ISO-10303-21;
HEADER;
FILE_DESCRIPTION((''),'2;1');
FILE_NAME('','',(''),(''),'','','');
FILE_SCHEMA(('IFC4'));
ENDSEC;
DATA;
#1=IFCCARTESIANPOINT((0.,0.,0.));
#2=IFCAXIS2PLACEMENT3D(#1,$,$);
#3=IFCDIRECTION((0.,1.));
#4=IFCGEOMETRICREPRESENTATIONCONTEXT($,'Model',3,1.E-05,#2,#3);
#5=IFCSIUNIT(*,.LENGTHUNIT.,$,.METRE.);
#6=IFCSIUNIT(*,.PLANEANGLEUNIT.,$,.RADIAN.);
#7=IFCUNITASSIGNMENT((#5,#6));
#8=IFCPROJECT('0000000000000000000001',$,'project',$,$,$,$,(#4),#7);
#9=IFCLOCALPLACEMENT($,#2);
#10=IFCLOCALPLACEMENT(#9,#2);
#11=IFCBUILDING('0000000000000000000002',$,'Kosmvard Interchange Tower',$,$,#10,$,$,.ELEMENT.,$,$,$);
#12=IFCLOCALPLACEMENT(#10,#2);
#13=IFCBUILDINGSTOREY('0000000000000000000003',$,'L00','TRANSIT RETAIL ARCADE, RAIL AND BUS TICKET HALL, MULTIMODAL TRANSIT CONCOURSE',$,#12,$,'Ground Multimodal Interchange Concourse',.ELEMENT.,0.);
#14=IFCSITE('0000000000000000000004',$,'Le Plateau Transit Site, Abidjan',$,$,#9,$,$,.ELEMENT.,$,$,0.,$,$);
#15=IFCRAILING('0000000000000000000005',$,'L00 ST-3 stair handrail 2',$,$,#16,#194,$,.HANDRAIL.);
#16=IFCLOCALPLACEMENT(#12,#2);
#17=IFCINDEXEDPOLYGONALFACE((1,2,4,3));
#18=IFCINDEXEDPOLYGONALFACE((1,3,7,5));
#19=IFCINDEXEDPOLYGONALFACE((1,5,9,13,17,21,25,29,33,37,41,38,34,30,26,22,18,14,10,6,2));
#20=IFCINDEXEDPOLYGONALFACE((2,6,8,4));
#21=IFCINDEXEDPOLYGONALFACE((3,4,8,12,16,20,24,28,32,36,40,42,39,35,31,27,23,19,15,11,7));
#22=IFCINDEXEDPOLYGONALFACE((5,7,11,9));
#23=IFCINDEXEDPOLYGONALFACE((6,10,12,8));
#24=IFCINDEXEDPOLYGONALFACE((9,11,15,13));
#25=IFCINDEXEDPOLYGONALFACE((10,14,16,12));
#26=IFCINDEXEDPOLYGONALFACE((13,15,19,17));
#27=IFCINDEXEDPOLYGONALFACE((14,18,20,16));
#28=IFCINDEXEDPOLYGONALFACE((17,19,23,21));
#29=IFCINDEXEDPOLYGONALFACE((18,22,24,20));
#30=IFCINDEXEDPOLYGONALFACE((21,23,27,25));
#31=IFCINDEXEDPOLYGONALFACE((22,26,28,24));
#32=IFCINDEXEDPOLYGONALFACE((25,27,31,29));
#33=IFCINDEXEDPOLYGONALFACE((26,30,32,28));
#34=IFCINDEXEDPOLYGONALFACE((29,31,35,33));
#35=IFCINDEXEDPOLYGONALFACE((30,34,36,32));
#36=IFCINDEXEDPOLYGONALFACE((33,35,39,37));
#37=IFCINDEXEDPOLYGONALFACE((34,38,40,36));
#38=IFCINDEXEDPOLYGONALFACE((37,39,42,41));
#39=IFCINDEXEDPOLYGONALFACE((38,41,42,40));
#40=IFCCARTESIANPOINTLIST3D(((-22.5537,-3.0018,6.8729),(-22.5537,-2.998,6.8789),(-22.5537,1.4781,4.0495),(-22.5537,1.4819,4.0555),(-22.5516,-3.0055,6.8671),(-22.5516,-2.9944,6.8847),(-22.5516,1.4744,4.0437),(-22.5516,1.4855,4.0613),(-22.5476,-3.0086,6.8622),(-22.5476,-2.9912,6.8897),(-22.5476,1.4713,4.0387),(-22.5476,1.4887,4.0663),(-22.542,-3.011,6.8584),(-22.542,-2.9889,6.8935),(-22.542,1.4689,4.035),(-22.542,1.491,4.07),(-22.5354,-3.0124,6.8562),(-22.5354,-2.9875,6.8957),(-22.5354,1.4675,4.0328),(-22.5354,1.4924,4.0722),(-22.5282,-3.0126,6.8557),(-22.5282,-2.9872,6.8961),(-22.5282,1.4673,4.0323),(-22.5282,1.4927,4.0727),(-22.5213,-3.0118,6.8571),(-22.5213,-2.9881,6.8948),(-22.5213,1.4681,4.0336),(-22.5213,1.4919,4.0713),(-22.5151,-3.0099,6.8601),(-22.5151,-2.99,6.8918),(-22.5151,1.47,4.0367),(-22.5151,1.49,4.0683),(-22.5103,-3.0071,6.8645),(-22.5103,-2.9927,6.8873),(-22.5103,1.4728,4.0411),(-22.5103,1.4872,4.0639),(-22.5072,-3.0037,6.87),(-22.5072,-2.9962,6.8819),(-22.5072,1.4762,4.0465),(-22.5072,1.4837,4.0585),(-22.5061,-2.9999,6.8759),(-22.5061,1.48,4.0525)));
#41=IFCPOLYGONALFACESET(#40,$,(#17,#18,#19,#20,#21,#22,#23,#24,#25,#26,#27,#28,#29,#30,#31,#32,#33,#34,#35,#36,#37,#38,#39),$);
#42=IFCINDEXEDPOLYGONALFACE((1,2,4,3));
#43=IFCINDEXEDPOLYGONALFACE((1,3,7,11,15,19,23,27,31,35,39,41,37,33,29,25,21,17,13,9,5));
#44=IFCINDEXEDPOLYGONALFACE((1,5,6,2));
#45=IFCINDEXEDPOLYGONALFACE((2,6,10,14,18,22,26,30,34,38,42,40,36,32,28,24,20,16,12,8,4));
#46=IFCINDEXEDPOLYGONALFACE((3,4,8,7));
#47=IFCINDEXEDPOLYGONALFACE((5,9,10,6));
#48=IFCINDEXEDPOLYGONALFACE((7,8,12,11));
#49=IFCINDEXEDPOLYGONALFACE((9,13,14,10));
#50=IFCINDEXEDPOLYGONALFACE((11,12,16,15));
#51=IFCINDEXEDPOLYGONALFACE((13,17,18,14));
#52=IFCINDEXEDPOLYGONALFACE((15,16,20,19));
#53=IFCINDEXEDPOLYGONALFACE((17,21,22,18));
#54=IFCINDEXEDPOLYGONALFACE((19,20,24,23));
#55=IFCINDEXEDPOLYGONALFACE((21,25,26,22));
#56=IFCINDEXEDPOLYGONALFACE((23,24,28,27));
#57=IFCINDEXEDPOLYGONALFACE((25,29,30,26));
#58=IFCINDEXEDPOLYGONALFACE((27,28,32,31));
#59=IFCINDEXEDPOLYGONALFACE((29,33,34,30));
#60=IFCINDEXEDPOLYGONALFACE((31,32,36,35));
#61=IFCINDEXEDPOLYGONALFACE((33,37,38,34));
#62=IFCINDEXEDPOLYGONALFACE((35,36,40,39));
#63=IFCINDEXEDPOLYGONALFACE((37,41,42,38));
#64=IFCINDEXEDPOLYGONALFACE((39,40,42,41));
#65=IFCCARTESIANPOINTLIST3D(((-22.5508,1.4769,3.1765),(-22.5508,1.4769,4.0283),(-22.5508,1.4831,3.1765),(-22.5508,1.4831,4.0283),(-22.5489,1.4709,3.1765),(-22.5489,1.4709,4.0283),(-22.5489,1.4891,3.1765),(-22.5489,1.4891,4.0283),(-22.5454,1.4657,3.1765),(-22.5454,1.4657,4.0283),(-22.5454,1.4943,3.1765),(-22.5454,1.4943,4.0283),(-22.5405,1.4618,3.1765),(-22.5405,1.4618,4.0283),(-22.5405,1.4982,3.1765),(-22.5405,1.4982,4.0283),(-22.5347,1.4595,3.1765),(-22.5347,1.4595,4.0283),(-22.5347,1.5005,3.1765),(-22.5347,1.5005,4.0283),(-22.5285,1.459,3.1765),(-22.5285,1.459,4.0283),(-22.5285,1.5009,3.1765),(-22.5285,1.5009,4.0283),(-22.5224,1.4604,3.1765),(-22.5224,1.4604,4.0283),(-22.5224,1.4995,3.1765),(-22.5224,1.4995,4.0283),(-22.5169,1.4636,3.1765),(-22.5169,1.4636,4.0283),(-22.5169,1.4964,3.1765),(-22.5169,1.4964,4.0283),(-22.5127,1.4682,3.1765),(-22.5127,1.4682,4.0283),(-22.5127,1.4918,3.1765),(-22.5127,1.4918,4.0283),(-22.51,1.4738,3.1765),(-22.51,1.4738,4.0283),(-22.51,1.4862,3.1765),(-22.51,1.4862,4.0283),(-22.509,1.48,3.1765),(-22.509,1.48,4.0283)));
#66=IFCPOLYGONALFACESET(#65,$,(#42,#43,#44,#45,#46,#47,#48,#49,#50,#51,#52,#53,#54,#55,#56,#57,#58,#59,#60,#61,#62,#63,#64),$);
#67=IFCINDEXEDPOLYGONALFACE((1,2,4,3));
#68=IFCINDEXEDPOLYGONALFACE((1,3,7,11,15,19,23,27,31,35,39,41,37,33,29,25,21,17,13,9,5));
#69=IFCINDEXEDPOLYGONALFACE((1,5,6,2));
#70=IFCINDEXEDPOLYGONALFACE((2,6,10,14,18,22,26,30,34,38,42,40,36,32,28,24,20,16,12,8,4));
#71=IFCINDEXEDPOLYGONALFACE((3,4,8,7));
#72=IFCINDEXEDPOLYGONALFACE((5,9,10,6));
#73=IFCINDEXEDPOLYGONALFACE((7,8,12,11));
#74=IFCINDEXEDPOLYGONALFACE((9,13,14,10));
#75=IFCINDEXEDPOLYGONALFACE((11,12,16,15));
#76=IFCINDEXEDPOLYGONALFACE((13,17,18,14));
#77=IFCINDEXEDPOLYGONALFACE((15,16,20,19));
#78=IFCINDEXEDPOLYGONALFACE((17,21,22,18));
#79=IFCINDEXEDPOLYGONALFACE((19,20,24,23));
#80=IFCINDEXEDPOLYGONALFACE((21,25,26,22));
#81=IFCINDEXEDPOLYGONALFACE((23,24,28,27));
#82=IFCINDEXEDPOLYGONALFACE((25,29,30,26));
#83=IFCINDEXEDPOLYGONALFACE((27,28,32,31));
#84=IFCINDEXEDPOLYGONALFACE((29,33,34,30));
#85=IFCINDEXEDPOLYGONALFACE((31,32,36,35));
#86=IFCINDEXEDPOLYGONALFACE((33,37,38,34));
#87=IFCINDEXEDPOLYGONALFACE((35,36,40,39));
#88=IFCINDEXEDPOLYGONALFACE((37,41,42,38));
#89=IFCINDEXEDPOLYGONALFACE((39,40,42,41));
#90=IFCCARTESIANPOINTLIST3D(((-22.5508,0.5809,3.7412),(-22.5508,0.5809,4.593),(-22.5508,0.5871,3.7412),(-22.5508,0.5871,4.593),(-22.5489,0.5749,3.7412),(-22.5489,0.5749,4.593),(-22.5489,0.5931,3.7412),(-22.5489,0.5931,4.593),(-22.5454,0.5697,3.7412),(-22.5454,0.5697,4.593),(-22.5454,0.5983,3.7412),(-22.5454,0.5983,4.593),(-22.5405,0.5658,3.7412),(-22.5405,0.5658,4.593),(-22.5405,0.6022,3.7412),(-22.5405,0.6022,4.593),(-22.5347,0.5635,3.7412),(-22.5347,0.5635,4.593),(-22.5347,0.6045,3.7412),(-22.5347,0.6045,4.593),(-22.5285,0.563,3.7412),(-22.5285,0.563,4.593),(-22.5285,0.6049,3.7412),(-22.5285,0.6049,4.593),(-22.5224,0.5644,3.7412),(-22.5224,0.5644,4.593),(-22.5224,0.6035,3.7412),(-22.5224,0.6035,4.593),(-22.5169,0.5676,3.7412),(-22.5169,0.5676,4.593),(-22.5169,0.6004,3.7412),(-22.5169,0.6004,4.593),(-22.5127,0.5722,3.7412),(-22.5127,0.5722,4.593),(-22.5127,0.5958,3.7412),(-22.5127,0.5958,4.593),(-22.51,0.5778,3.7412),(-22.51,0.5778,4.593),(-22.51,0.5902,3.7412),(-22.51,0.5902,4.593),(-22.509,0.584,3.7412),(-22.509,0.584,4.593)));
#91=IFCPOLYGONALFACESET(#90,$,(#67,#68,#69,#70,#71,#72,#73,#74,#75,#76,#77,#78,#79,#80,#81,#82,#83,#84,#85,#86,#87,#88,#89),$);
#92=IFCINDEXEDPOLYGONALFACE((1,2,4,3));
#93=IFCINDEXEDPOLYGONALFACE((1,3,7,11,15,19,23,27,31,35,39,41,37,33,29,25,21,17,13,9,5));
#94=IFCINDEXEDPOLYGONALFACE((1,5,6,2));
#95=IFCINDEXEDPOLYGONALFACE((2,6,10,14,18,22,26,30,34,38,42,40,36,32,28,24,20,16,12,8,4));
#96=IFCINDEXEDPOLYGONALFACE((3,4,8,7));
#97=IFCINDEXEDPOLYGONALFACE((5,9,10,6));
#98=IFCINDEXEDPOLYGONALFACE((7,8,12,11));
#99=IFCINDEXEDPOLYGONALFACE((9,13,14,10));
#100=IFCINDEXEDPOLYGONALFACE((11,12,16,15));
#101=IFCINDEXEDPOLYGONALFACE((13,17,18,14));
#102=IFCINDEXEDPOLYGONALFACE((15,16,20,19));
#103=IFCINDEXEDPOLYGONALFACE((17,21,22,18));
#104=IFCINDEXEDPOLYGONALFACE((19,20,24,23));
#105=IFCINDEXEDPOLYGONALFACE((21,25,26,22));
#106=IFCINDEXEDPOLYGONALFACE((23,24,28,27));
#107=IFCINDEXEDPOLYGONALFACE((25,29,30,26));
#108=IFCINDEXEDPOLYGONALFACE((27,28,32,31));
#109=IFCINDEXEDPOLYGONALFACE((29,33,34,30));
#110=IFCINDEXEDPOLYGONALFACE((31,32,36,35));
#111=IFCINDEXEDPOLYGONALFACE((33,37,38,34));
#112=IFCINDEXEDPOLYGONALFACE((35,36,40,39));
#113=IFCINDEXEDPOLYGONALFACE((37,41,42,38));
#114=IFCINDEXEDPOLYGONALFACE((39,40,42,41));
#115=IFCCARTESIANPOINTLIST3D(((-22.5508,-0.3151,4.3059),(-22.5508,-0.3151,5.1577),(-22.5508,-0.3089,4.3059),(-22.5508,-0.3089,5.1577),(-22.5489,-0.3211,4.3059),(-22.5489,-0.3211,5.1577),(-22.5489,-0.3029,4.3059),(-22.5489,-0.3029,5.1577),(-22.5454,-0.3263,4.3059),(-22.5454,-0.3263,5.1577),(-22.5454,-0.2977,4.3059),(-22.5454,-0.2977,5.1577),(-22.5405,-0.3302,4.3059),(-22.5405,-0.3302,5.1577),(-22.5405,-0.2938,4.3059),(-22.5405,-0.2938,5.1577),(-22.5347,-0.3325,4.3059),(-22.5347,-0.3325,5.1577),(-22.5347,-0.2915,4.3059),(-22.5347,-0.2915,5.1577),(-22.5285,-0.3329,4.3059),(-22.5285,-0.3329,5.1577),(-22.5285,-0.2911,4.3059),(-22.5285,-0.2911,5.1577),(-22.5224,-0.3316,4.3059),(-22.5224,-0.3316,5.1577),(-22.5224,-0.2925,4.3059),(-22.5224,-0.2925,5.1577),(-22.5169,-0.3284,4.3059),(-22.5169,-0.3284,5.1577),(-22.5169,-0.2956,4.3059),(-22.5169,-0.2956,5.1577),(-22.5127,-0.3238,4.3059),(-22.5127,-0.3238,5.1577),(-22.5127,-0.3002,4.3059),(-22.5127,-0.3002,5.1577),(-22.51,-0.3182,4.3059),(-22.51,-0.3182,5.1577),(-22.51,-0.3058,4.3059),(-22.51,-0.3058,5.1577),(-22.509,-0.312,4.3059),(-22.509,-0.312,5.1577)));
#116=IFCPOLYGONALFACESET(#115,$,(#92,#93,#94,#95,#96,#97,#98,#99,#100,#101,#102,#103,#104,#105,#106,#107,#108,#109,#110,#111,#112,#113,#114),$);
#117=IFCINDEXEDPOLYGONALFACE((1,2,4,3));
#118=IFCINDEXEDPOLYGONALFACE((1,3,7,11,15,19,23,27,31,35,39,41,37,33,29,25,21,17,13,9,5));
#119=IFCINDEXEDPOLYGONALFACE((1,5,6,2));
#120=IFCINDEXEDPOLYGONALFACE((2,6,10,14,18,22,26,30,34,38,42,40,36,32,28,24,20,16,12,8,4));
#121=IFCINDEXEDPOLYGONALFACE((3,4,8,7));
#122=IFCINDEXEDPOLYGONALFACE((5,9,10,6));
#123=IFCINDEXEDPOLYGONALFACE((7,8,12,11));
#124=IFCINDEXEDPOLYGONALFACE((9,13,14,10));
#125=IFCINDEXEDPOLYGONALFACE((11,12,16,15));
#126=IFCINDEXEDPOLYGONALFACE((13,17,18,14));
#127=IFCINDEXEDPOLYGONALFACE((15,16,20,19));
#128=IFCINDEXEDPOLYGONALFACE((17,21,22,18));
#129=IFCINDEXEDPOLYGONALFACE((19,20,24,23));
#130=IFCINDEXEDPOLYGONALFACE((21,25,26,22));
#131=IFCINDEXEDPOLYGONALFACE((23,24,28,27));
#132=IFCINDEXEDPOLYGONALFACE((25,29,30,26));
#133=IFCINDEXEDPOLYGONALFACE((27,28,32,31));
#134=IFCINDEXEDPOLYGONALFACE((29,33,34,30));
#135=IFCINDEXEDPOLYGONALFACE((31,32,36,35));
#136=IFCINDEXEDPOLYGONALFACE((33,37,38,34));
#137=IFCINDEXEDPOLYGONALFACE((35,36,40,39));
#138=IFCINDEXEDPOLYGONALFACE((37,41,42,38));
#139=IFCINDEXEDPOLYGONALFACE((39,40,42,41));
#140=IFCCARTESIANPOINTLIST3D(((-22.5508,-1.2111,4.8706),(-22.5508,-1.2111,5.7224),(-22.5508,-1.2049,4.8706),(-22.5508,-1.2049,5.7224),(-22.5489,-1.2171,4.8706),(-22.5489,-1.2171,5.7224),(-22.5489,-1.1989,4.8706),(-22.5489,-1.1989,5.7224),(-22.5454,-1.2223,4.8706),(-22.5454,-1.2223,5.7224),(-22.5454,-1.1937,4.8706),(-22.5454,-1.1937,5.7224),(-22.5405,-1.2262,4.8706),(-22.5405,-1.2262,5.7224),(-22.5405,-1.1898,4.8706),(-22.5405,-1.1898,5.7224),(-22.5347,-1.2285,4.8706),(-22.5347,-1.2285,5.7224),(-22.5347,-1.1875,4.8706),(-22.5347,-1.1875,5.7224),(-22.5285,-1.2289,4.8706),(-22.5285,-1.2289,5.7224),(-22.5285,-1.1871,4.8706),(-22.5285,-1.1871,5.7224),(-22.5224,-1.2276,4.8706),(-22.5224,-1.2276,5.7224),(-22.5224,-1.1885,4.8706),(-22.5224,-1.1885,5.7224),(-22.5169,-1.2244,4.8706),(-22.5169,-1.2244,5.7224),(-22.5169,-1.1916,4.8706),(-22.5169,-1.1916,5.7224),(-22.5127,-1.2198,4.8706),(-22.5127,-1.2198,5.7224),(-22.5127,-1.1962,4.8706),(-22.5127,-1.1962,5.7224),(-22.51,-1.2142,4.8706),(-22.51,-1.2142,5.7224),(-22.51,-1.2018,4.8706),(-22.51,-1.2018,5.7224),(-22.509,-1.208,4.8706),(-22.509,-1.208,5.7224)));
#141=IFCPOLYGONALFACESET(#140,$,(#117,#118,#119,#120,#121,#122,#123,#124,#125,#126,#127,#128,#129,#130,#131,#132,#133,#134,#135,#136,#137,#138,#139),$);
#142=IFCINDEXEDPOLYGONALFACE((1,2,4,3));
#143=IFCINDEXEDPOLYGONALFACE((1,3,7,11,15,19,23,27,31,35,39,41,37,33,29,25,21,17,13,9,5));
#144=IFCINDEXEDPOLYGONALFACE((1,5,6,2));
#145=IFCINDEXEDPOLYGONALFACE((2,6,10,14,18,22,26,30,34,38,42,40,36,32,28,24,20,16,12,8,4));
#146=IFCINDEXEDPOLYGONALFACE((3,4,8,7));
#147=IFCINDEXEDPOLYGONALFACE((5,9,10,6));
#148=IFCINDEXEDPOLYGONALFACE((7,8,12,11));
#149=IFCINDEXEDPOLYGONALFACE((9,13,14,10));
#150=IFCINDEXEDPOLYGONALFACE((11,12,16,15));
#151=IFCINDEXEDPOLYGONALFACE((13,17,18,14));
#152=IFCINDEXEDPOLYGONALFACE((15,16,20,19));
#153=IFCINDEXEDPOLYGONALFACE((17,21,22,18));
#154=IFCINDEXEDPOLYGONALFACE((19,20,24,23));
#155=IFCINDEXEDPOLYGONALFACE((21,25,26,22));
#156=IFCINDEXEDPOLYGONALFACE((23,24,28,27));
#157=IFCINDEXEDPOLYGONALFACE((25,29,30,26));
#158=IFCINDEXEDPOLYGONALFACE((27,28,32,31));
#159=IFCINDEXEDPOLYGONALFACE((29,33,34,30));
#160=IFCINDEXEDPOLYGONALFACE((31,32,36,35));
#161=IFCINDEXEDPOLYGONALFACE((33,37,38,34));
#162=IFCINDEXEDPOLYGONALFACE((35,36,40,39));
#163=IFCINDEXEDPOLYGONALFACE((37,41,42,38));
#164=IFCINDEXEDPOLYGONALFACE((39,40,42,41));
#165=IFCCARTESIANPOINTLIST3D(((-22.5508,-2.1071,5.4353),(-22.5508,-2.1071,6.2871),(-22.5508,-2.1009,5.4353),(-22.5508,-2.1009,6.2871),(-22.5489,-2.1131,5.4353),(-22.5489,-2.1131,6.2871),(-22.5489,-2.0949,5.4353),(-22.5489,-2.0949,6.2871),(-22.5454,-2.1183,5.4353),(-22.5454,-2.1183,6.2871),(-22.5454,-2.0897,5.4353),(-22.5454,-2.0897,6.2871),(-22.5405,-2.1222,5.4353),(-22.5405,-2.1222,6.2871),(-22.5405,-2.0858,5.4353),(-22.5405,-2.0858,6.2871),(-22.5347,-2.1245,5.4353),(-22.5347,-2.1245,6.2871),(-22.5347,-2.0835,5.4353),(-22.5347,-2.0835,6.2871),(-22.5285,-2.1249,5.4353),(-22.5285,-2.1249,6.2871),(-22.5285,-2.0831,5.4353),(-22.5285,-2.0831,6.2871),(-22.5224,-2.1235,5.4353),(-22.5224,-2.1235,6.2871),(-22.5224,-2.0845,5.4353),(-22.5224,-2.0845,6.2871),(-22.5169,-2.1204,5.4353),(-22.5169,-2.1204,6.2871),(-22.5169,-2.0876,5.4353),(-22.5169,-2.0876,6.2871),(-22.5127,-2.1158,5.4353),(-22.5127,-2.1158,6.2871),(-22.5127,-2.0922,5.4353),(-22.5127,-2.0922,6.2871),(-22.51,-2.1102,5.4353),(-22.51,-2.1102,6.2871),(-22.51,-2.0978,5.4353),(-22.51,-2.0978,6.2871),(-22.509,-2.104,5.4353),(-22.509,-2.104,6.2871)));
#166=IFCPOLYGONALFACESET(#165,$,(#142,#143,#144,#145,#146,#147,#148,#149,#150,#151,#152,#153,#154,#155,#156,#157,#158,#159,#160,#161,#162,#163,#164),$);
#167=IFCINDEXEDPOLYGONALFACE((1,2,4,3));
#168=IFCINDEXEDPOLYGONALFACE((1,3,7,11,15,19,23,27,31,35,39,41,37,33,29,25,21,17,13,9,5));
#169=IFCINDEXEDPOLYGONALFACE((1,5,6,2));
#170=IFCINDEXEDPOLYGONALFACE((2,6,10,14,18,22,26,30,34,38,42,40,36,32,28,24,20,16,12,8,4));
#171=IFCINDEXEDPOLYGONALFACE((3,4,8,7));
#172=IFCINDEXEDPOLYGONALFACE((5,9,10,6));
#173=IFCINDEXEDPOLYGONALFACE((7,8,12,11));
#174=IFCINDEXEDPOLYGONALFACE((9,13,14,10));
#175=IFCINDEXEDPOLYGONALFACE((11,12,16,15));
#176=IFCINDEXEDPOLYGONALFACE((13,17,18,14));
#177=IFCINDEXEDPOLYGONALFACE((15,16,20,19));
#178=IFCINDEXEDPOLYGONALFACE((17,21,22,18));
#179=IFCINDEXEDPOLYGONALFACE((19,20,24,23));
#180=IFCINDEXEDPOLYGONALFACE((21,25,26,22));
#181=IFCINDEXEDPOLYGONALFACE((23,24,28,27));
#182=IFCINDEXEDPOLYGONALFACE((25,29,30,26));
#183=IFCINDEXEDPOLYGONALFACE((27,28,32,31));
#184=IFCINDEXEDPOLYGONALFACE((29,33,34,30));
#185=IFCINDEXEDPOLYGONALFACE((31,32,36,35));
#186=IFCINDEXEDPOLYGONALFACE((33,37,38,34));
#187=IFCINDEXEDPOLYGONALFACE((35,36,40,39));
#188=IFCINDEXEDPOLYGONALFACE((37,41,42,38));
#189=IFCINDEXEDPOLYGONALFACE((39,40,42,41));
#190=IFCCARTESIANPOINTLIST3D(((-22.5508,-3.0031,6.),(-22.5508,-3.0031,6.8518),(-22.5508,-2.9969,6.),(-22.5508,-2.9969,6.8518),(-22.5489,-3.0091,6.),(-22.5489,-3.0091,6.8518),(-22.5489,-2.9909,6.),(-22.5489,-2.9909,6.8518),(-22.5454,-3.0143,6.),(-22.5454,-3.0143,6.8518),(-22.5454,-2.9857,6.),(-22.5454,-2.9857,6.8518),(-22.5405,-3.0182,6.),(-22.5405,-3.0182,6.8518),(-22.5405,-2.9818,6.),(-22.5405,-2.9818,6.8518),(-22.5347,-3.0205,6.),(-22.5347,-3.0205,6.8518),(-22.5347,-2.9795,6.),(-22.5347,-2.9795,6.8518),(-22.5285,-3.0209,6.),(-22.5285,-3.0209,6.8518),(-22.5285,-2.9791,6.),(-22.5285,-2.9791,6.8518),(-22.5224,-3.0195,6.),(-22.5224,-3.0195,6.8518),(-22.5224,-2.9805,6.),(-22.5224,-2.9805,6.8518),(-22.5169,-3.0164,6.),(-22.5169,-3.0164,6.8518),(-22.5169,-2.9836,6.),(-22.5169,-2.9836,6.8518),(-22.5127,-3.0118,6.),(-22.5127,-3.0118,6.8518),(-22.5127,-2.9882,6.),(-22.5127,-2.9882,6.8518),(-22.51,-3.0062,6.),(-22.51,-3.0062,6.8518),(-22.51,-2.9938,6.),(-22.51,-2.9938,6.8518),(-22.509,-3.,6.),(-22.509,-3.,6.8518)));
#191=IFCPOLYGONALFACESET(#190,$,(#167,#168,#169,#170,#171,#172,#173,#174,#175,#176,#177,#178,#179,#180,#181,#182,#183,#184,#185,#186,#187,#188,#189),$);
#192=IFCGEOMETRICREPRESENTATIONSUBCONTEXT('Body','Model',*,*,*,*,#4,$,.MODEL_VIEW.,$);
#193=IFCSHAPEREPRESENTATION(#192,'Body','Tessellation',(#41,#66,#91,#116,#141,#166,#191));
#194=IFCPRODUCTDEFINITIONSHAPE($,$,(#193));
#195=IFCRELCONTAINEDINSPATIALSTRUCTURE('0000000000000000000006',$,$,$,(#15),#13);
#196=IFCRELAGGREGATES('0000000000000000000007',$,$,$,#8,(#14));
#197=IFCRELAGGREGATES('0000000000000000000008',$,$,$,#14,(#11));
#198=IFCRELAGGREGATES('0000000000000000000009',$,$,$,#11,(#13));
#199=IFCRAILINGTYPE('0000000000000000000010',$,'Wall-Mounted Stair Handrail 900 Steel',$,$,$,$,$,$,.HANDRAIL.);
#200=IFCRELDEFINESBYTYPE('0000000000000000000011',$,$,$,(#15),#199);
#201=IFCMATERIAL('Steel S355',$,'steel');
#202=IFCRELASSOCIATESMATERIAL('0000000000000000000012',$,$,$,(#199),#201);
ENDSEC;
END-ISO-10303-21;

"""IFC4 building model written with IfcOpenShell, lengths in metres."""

from ifc_helpers import new_model, si_unit, direction, frame, origin, origin_2d, place, context, subcontext, project, spatial, circle, extrude, source, transform, mapped, material, type_object, element, save


model = new_model("IFC4")

# Units and contexts
model_context = context("Model", 3, precision=1e-05, world=origin(), true_north=direction((0.0, 1.0)))
body_context = subcontext(model_context, "Body", "Model", "MODEL_VIEW")
ifc_project = project(units=[si_unit("LENGTHUNIT", "METRE"), si_unit("PLANEANGLEUNIT", "RADIAN")], contexts=[model_context])

# Site, building, storey
site_placement = place(None, origin())
site = spatial("IfcSite", under=ifc_project, at=site_placement, Name="Le Plateau Transit Site, Abidjan", CompositionType="ELEMENT", RefElevation=0.0)
building_placement = place(site_placement, origin())
building = spatial("IfcBuilding", under=site, at=building_placement, Name="Kosmvard Interchange Tower", CompositionType="ELEMENT")
storey_placement = place(building_placement, origin())
storey = spatial("IfcBuildingStorey", under=building, at=storey_placement, Name="L00", Description="TRANSIT RETAIL ARCADE, RAIL AND BUS TICKET HALL, MULTIMODAL TRANSIT CONCOURSE", LongName="Ground Multimodal Interchange Concourse", CompositionType="ELEMENT", Elevation=0.0)

# Shared definitions
ifc_material_1 = material(Name="Steel S355", Category="steel")

# Railing
railing_type_1 = type_object("IfcRailingType", Name="Wall-Mounted Stair Handrail 900 Steel", PredefinedType="HANDRAIL", material=ifc_material_1)
shared_shape_1 = source(origin(), body_context, "Body", "SweptSolid", [
    extrude(circle(Radius=0.0239, at=origin_2d()), frame((0.0, 0.0, 0.876), z_axis=(0.0, -0.845998, 0.533186), x_axis=(1.0, 0.0, 0.0)), (0.0, 0.0, 1.0), 5.2954),
    extrude(circle(Radius=0.021, at=origin_2d()), origin(), (0.0, 0.0, 1.0), 0.8518),
    extrude(circle(Radius=0.021, at=origin_2d()), frame((0.0, -0.896, 0.5647)), (0.0, 0.0, 1.0), 0.8518),
    extrude(circle(Radius=0.021, at=origin_2d()), frame((0.0, -1.792, 1.1294)), (0.0, 0.0, 1.0), 0.8518),
    extrude(circle(Radius=0.021, at=origin_2d()), frame((0.0, -2.688, 1.6941)), (0.0, 0.0, 1.0), 0.8518),
    extrude(circle(Radius=0.021, at=origin_2d()), frame((0.0, -3.584, 2.2588)), (0.0, 0.0, 1.0), 0.8518),
    extrude(circle(Radius=0.021, at=origin_2d()), frame((0.0, -4.48, 2.8235)), (0.0, 0.0, 1.0), 0.8518),
])
railing_1_placement = place(storey_placement, frame((-22.53, 1.48, 3.1765)))
element("IfcRailing", 1, at=railing_1_placement, inside=storey, type_object=railing_type_1, Name="L00 ST-3 stair handrail 2", PredefinedType="HANDRAIL", context=body_context, shape_type="MappedRepresentation", body=[
    mapped(shared_shape_1, transform((0.0, 0.0, 0.0), scale=1.0)),
])

save(model, "model.ifc")
